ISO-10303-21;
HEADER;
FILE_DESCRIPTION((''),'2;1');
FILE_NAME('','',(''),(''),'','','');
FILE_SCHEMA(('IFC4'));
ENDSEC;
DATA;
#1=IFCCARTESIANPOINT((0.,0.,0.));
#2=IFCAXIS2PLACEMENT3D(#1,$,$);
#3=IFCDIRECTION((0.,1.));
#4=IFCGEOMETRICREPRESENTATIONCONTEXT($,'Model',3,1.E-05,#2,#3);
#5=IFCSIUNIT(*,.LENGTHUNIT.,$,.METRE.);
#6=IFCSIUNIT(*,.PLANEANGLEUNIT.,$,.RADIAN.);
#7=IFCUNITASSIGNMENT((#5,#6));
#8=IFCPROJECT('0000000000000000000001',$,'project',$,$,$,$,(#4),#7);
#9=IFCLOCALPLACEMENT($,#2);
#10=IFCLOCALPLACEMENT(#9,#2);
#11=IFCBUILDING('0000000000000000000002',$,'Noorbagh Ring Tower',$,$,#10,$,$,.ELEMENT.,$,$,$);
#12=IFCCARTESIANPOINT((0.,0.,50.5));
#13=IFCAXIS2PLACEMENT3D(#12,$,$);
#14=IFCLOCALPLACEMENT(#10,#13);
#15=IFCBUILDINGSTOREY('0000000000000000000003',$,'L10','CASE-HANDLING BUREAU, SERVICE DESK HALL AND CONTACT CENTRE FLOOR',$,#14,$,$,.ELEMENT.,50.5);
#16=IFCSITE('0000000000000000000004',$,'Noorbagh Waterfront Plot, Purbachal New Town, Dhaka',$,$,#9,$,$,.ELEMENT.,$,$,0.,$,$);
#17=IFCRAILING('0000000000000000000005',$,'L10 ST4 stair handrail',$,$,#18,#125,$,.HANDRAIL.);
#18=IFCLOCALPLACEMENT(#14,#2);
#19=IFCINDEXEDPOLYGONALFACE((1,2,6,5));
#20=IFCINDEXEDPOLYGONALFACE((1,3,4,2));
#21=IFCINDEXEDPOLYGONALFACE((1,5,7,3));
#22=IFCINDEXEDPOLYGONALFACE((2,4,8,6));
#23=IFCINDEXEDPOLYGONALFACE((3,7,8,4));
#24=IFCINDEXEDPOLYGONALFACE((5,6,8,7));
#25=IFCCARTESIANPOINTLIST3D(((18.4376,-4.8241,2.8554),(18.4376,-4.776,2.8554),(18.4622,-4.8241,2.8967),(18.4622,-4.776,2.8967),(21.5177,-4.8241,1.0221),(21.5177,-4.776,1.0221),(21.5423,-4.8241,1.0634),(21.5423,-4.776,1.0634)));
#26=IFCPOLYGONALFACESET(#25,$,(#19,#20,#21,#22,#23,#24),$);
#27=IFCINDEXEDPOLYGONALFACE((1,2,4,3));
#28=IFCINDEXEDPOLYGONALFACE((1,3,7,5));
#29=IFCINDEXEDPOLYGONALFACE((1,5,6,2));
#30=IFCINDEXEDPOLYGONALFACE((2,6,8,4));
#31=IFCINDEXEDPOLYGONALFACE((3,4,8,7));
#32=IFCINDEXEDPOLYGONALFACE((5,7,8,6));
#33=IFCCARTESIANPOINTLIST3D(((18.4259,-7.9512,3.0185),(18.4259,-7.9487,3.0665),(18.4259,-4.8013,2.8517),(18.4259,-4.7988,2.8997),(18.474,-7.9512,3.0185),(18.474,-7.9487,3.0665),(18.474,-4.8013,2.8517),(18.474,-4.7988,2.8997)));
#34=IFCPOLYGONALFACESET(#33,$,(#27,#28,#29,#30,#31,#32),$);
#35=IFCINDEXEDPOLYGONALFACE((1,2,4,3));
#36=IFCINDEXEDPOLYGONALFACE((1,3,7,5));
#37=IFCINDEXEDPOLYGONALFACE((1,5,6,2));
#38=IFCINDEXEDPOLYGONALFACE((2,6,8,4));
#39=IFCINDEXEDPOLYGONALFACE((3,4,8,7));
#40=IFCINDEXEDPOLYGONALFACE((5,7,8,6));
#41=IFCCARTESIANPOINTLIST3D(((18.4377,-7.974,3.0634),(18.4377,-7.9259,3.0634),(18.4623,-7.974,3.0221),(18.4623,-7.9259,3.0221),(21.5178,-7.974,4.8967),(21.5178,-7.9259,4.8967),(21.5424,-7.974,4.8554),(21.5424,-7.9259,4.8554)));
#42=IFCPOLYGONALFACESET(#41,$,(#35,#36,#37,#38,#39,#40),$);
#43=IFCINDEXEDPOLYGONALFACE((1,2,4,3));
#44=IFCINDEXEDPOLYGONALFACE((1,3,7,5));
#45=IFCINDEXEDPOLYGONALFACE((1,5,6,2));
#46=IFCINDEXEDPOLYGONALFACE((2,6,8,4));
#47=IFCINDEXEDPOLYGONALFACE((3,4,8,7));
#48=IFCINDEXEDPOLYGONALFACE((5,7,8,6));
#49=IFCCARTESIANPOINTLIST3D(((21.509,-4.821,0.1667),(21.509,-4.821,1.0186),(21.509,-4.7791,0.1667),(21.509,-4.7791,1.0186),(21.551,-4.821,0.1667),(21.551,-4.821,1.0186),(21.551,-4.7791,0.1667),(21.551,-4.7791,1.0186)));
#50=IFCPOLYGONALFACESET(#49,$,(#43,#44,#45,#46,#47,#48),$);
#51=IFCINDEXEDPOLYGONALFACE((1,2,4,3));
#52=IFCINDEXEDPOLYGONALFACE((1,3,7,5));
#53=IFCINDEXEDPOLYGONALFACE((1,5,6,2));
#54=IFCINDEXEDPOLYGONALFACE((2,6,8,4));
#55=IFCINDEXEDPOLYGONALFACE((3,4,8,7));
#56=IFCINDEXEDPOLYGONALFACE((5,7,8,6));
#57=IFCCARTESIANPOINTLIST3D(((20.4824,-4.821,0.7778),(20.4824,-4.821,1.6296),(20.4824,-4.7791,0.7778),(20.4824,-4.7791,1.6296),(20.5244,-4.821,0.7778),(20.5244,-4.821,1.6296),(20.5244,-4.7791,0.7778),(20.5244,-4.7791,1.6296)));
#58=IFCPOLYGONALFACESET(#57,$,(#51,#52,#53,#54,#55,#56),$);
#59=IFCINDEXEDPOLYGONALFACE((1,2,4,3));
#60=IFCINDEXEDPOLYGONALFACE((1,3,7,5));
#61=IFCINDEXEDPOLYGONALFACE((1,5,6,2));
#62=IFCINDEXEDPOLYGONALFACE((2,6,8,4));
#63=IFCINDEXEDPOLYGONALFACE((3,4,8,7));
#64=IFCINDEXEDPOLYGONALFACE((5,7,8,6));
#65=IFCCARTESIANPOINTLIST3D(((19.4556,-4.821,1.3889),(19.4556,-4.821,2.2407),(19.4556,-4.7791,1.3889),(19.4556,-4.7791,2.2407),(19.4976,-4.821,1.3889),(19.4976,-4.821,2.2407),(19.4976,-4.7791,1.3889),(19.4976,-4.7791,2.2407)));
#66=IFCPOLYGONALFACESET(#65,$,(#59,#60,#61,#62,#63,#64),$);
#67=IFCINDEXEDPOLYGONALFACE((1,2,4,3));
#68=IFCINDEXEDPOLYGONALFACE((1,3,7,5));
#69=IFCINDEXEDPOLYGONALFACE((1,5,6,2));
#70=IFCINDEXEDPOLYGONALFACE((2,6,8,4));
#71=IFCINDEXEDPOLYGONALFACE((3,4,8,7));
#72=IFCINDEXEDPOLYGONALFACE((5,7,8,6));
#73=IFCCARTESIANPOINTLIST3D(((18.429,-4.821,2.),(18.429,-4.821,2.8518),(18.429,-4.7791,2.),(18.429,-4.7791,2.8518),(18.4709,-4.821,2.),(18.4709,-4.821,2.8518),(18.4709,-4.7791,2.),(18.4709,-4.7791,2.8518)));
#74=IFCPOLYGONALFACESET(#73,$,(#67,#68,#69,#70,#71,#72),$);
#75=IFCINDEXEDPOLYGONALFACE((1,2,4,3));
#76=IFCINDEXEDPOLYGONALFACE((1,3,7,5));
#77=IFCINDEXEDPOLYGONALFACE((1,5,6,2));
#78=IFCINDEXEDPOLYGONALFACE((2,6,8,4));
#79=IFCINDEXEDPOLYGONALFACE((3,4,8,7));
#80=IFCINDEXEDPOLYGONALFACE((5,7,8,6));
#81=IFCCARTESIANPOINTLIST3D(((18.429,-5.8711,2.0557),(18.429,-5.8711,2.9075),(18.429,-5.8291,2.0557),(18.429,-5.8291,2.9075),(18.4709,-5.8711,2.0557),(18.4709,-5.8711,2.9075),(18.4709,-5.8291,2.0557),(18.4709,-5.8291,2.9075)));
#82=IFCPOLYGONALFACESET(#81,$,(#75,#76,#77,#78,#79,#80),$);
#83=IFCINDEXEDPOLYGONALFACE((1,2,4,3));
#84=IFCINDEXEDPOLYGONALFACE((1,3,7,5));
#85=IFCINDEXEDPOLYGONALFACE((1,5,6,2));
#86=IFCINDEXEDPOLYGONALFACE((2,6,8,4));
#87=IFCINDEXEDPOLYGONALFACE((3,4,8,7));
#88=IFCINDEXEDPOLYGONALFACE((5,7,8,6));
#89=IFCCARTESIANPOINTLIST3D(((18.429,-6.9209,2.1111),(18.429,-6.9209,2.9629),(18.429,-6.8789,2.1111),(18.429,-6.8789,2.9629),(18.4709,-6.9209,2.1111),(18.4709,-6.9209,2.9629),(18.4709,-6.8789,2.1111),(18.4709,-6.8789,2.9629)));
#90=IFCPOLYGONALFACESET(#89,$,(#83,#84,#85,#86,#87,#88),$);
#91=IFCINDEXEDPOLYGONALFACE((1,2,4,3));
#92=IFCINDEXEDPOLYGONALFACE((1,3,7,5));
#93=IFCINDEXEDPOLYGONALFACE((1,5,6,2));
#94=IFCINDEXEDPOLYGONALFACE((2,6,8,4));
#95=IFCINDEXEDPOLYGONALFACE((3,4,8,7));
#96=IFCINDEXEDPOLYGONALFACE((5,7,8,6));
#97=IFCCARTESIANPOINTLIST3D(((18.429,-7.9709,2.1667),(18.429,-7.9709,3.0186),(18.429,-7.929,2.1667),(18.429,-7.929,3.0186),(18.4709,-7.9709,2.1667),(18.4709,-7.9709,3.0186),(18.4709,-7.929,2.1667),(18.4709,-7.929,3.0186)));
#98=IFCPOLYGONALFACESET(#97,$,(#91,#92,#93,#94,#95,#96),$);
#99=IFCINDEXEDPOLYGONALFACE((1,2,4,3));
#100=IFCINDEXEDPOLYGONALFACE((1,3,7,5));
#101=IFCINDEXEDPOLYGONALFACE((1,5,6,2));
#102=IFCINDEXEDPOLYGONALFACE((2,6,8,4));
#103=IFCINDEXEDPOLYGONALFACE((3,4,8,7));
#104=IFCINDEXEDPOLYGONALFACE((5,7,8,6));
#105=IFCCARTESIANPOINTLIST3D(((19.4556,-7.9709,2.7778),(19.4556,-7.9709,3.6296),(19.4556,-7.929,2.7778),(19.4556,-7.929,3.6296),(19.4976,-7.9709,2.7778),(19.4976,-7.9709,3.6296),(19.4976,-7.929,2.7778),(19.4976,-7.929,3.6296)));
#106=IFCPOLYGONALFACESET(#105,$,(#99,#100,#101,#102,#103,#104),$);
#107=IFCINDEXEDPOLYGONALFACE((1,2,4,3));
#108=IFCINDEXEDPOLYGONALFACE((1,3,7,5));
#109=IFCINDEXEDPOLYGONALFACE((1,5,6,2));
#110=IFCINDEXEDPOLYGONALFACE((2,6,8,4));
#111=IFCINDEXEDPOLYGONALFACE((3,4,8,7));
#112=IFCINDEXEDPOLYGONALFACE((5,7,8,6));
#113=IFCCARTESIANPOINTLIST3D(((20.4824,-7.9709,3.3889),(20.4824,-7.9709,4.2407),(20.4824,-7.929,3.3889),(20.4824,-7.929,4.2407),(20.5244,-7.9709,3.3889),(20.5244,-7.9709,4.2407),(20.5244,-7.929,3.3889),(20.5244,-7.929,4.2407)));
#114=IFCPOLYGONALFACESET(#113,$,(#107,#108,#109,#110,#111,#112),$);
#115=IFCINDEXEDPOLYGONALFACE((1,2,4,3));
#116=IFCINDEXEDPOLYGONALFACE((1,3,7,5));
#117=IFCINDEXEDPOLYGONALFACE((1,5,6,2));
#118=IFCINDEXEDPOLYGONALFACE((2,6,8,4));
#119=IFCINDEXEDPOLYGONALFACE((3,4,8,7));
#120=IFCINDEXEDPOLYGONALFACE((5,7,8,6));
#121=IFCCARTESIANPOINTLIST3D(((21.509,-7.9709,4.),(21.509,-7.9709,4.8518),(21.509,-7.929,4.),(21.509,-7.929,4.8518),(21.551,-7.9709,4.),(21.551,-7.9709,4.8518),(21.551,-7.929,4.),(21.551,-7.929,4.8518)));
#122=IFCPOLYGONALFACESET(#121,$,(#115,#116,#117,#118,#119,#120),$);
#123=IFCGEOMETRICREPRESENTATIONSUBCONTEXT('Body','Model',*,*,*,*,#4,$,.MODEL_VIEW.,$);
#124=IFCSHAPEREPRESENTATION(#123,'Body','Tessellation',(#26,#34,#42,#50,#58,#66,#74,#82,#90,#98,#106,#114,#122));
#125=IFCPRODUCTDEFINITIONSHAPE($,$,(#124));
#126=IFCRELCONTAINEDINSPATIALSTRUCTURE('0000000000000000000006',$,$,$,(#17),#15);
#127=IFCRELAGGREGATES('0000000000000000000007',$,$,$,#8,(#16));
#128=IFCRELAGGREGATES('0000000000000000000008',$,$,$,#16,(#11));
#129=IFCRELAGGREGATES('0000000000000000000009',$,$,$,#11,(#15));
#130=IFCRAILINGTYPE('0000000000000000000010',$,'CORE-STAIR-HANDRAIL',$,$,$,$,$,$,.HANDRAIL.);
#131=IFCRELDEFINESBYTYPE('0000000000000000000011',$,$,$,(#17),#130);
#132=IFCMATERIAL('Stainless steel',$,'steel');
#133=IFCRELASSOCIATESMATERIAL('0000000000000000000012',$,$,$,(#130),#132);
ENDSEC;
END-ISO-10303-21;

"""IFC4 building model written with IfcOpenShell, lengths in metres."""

from ifc_helpers import new_model, si_unit, direction, frame, origin, origin_2d, place, context, subcontext, project, spatial, rectangle, extrude, material, type_object, element, save


model = new_model("IFC4")

# Units and contexts
model_context = context("Model", 3, precision=1e-05, world=origin(), true_north=direction((0.0, 1.0)))
body_context = subcontext(model_context, "Body", "Model", "MODEL_VIEW")
ifc_project = project(units=[si_unit("LENGTHUNIT", "METRE"), si_unit("PLANEANGLEUNIT", "RADIAN")], contexts=[model_context])

# Site, building, storey
site_placement = place(None, origin())
site = spatial("IfcSite", under=ifc_project, at=site_placement, Name="Noorbagh Waterfront Plot, Purbachal New Town, Dhaka", CompositionType="ELEMENT", RefElevation=0.0)
building_placement = place(site_placement, origin())
building = spatial("IfcBuilding", under=site, at=building_placement, Name="Noorbagh Ring Tower", CompositionType="ELEMENT")
storey_placement = place(building_placement, frame((0.0, 0.0, 50.5)))
storey = spatial("IfcBuildingStorey", under=building, at=storey_placement, Name="L10", Description="CASE-HANDLING BUREAU, SERVICE DESK HALL AND CONTACT CENTRE FLOOR", CompositionType="ELEMENT", Elevation=50.5)

# Railing
ifc_material_1 = material(Name="Stainless steel", Category="steel")
railing_type_1 = type_object("IfcRailingType", Name="CORE-STAIR-HANDRAIL", PredefinedType="HANDRAIL", material=ifc_material_1)
railing_1_placement = place(storey_placement, frame((21.53, -4.8, 0.1667)))
element("IfcRailing", 1, at=railing_1_placement, inside=storey, type_object=railing_type_1, Name="L10 ST4 stair handrail", PredefinedType="HANDRAIL", context=body_context, shape_type="SweptSolid", body=[
    extrude(rectangle(XDim=0.0481, YDim=0.0481, at=origin_2d()), frame((0.0, 0.0, 0.876), z_axis=(-0.859309, 0.0, 0.511458), x_axis=(0.0, -1.0, 0.0)), (0.0, 0.0, 1.0), 3.5845),
    extrude(rectangle(XDim=0.0481, YDim=0.0481, at=origin_2d()), frame((-3.0801, 0.0, 2.709), z_axis=(0.0, -0.998602, 0.052864), x_axis=(1.0, 0.0, 0.0)), (0.0, 0.0, 1.0), 3.1543),
    extrude(rectangle(XDim=0.0481, YDim=0.0481, at=origin_2d()), frame((-3.0801, -3.1499, 2.876), z_axis=(0.859309, 0.0, 0.511458), x_axis=(0.0, 1.0, 0.0)), (0.0, 0.0, 1.0), 3.5845),
    extrude(rectangle(XDim=0.042, YDim=0.042, at=origin_2d()), origin(), (0.0, 0.0, 1.0), 0.8518),
    extrude(rectangle(XDim=0.042, YDim=0.042, at=origin_2d()), frame((-1.0266, 0.0, 0.6111)), (0.0, 0.0, 1.0), 0.8518),
    extrude(rectangle(XDim=0.042, YDim=0.042, at=origin_2d()), frame((-2.0535, 0.0, 1.2222)), (0.0, 0.0, 1.0), 0.8518),
    extrude(rectangle(XDim=0.042, YDim=0.042, at=origin_2d()), frame((-3.0801, 0.0, 1.8333)), (0.0, 0.0, 1.0), 0.8518),
    extrude(rectangle(XDim=0.042, YDim=0.042, at=origin_2d()), frame((-3.0801, -1.05, 1.8889)), (0.0, 0.0, 1.0), 0.8518),
    extrude(rectangle(XDim=0.042, YDim=0.042, at=origin_2d()), frame((-3.0801, -2.0999, 1.9443)), (0.0, 0.0, 1.0), 0.8518),
    extrude(rectangle(XDim=0.042, YDim=0.042, at=origin_2d()), frame((-3.0801, -3.1499, 2.0)), (0.0, 0.0, 1.0), 0.8518),
    extrude(rectangle(XDim=0.042, YDim=0.042, at=origin_2d()), frame((-2.0535, -3.1499, 2.6111)), (0.0, 0.0, 1.0), 0.8518),
    extrude(rectangle(XDim=0.042, YDim=0.042, at=origin_2d()), frame((-1.0266, -3.1499, 3.2222)), (0.0, 0.0, 1.0), 0.8518),
    extrude(rectangle(XDim=0.042, YDim=0.042, at=origin_2d()), frame((0.0, -3.1499, 3.8333)), (0.0, 0.0, 1.0), 0.8518),
])

save(model, "model.ifc")
